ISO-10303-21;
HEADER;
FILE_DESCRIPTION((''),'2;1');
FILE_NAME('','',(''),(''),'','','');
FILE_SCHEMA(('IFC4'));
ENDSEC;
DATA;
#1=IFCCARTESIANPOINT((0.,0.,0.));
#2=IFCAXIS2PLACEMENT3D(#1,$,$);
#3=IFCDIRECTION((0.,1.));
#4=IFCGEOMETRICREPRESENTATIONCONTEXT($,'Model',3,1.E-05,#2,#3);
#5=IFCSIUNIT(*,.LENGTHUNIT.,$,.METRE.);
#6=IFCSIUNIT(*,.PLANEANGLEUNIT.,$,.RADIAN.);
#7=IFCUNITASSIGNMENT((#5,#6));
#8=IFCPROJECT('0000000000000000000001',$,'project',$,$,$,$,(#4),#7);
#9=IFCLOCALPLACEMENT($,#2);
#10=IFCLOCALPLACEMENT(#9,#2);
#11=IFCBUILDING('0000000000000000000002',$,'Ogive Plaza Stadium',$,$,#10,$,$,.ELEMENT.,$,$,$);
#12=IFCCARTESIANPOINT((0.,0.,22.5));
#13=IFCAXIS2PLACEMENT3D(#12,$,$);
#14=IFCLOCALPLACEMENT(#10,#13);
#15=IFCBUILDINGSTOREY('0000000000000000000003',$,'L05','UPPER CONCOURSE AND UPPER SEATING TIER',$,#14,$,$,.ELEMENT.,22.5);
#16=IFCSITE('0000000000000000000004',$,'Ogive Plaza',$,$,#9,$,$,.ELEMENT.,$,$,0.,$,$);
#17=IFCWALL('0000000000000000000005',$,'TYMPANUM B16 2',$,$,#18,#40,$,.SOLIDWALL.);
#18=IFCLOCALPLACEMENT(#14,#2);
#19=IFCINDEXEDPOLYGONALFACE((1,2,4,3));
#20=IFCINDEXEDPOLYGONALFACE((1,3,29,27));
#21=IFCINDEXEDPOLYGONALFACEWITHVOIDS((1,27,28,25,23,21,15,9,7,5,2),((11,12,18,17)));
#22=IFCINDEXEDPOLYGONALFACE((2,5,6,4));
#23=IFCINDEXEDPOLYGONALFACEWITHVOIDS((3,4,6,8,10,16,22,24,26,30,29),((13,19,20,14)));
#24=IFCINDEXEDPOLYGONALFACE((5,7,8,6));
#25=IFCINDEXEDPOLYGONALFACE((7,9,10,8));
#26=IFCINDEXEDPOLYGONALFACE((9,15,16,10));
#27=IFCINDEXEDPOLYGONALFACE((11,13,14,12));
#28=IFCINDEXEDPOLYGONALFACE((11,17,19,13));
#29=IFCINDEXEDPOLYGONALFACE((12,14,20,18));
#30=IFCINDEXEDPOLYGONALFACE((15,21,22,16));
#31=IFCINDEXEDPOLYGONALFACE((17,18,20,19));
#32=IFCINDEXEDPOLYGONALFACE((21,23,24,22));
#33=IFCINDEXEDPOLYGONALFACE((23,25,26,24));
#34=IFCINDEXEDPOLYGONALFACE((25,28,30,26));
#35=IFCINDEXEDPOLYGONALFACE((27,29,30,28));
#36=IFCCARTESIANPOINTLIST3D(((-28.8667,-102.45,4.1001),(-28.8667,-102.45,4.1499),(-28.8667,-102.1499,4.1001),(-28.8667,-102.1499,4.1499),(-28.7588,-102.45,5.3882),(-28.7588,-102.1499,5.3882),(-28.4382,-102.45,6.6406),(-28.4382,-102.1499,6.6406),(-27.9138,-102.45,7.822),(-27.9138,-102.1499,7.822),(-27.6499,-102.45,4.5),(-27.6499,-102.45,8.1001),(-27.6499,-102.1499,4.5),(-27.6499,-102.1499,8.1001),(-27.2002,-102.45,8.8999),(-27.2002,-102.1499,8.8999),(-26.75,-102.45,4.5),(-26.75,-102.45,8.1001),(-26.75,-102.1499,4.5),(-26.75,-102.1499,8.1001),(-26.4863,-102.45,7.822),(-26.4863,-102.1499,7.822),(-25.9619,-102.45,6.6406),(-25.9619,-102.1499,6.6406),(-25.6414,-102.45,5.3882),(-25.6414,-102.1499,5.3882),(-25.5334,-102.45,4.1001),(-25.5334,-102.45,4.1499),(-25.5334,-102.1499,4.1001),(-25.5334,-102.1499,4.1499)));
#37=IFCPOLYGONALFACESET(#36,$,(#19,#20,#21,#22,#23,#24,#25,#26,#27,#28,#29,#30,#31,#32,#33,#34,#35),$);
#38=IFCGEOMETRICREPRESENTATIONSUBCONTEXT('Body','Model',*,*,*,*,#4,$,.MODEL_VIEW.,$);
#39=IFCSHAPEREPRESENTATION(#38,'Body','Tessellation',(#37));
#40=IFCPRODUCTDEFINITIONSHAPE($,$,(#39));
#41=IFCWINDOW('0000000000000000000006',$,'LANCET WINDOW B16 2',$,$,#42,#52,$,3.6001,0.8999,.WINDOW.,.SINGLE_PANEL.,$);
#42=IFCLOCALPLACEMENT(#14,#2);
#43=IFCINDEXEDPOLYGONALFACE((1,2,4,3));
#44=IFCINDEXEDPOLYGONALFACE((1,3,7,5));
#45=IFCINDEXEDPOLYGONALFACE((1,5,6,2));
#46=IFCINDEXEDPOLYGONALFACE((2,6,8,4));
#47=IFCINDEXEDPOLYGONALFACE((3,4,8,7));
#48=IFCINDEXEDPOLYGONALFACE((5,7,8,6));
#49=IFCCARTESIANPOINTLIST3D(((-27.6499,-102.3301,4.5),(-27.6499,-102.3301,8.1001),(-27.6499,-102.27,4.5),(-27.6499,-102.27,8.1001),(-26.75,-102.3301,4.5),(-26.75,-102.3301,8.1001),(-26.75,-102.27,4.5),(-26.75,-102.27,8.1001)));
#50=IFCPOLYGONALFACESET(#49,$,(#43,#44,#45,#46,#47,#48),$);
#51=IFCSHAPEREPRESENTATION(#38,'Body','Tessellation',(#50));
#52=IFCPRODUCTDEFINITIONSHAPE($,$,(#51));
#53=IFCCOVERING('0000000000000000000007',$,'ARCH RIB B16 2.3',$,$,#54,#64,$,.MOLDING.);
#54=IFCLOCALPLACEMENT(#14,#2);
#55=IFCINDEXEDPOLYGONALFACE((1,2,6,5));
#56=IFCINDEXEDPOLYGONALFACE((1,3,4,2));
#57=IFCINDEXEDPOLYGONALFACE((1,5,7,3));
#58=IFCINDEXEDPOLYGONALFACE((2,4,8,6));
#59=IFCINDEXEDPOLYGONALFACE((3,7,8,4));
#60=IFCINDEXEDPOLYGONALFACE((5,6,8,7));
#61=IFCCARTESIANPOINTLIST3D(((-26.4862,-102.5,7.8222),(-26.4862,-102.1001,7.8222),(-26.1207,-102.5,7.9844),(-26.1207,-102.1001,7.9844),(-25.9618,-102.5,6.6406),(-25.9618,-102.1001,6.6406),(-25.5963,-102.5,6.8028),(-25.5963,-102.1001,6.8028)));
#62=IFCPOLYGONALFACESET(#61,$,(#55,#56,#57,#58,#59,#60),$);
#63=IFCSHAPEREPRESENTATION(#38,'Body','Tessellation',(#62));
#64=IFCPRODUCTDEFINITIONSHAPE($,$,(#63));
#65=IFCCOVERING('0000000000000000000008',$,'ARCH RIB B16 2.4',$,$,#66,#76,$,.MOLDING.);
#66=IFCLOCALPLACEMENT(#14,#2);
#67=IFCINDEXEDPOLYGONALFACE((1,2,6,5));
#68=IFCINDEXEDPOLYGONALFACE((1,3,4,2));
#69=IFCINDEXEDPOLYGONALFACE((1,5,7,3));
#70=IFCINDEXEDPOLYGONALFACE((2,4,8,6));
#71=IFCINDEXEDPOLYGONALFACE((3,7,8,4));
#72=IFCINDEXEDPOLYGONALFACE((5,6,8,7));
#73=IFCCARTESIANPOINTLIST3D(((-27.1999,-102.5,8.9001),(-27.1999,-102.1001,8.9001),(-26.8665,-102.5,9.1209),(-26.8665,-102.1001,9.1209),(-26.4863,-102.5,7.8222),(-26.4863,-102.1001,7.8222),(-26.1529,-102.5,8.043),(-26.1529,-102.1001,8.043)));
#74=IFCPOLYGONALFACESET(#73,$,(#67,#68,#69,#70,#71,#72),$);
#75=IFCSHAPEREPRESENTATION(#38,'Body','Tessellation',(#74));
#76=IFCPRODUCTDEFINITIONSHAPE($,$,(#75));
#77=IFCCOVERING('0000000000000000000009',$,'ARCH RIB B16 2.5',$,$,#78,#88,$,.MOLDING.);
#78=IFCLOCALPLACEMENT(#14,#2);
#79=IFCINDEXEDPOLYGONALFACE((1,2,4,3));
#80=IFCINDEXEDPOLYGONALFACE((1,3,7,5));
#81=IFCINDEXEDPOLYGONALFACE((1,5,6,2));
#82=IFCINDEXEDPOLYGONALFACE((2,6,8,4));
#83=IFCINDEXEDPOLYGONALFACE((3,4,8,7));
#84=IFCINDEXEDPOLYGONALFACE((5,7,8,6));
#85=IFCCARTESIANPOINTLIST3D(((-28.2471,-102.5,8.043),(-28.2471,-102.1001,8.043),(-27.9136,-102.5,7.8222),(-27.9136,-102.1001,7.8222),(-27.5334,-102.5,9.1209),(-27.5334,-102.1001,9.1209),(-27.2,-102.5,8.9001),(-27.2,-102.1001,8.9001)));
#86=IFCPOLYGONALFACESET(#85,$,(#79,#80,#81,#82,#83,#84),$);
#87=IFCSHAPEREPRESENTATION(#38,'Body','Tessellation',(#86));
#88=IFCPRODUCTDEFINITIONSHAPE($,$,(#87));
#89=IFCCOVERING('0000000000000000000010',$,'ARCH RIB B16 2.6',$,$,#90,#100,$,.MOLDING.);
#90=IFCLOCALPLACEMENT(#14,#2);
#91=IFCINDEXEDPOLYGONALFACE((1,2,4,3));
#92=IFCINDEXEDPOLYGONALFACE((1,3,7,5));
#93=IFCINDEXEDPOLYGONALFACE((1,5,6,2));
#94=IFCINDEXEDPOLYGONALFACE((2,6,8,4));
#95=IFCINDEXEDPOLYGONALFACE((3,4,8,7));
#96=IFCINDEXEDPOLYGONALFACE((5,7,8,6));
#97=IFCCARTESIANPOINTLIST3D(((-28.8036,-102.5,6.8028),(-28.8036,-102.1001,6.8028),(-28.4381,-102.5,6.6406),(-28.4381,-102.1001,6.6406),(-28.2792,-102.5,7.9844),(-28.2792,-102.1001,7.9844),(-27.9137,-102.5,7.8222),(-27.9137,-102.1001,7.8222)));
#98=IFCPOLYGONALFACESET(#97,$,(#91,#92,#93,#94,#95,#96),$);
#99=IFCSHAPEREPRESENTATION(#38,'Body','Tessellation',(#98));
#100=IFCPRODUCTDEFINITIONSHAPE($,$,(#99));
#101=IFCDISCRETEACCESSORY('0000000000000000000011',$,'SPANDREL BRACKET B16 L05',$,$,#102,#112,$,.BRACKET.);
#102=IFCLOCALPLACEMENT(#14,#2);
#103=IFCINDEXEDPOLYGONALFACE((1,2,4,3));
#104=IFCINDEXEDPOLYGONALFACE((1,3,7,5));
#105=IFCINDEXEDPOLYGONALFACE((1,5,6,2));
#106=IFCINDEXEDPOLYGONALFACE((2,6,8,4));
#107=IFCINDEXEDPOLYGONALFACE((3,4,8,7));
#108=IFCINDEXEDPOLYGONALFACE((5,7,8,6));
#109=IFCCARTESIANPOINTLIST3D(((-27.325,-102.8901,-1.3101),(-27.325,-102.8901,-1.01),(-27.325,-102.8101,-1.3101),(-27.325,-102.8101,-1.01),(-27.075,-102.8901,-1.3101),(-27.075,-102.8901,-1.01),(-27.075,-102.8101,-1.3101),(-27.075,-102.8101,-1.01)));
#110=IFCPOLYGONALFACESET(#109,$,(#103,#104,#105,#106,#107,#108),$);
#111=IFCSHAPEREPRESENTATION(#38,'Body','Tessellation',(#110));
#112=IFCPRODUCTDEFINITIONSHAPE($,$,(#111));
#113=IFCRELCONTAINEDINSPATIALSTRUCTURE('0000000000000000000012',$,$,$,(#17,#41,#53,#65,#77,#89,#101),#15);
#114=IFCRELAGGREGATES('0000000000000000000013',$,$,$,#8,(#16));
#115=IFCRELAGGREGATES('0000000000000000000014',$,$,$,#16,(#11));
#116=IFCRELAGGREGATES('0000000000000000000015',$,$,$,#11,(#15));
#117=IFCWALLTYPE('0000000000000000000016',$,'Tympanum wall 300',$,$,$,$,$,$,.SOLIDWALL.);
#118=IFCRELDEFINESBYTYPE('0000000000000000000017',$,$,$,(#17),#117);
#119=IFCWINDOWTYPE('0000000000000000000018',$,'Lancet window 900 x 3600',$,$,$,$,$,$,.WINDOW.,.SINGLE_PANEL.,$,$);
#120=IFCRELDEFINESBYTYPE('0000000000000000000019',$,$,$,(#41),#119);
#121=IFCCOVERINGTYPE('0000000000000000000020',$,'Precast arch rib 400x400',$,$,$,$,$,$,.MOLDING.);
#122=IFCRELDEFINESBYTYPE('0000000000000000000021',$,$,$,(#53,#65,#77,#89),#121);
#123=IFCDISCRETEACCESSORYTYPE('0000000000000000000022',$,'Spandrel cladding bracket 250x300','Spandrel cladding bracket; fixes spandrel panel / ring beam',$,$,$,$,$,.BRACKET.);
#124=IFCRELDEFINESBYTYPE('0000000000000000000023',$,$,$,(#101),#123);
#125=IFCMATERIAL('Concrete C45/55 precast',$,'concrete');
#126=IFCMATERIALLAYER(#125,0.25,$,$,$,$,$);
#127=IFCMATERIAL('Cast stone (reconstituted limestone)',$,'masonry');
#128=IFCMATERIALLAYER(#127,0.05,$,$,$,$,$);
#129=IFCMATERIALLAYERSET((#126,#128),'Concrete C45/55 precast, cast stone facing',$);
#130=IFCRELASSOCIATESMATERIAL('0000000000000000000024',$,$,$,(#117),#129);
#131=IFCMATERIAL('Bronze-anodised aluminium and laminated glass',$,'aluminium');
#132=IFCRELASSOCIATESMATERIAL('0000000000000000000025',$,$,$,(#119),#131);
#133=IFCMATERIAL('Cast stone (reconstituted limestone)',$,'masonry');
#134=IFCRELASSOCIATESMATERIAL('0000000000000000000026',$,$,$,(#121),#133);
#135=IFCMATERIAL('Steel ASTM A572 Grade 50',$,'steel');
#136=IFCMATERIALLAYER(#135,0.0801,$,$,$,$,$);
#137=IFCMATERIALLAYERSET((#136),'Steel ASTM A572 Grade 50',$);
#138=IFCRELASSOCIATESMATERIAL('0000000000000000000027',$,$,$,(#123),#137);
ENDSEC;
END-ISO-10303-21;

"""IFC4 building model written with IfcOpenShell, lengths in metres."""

from ifc_helpers import new_model, si_unit, direction, frame, frame_2d, origin, origin_2d, place, context, subcontext, project, spatial, polyline, rectangle, outline, extrude, material, layer, layer_set, material_profile, profile_set, type_object, element, fill, save


model = new_model("IFC4")

# Units and contexts
model_context = context("Model", 3, precision=1e-05, world=origin(), true_north=direction((0.0, 1.0)))
body_context = subcontext(model_context, "Body", "Model", "MODEL_VIEW")
ifc_project = project(units=[si_unit("LENGTHUNIT", "METRE"), si_unit("PLANEANGLEUNIT", "RADIAN")], contexts=[model_context])

# Site, building, storey
site_placement = place(None, origin())
site = spatial("IfcSite", under=ifc_project, at=site_placement, Name="Ogive Plaza", CompositionType="ELEMENT", RefElevation=0.0)
building_placement = place(site_placement, origin())
building = spatial("IfcBuilding", under=site, at=building_placement, Name="Ogive Plaza Stadium", CompositionType="ELEMENT")
storey_placement = place(building_placement, frame((0.0, 0.0, 22.5)))
storey = spatial("IfcBuildingStorey", under=building, at=storey_placement, Name="L05", Description="UPPER CONCOURSE AND UPPER SEATING TIER", CompositionType="ELEMENT", Elevation=22.5)

# Wall, opening, window
ifc_material_1 = material(Name="Concrete C45/55 precast", Category="concrete")
ifc_layer_1 = layer(ifc_material_1, 0.25)
ifc_material_2 = material(Name="Cast stone (reconstituted limestone)", Category="masonry")
ifc_layer_2 = layer(ifc_material_2, 0.05)
ifc_layer_set_1 = layer_set([ifc_layer_1, ifc_layer_2], Name="Concrete C45/55 precast, cast stone facing")
wall_type = type_object("IfcWallType", Name="Tympanum wall 300", PredefinedType="SOLIDWALL", material=ifc_layer_set_1)
wall_placement = place(storey_placement, frame((-25.5334, -102.3, 4.1001), z_axis=(0.0, 0.0, 1.0), x_axis=(-1.0, 0.0, 0.0)))
wall = element("IfcWall", 1, at=wall_placement, inside=storey, type_object=wall_type, Name="TYMPANUM B16 2", PredefinedType="SOLIDWALL", context=body_context, shape_type="SweptSolid", body=[
    extrude(outline(polyline([(0.0, 0.0), (3.3333, 0.0), (3.3333, 0.0498), (3.2253, 1.2881), (2.9048, 2.5405), (2.3804, 3.7219), (1.6667, 4.7998), (0.9529, 3.7219), (0.4285, 2.5405), (0.1079, 1.2881), (0.0, 0.0498), (0.0, 0.0)])), frame((0.0, 0.1499, 0.0), z_axis=(0.0, -1.0, 0.0), x_axis=(1.0, 0.0, 0.0)), (0.0, 0.0, 1.0), 0.3),
])
opening_placement = place(wall_placement, frame((1.2166, 0.0, 0.3999)))
opening = element("IfcOpeningElement", 2, at=opening_placement, cuts=wall, PredefinedType="OPENING", context=body_context, shape_type="SweptSolid", body=[
    extrude(rectangle(XDim=0.8999, YDim=3.6001, at=frame_2d((0.45, 1.8))), frame((0.0, 0.1602, 0.0), z_axis=(0.0, -1.0, 0.0), x_axis=(1.0, 0.0, 0.0)), (0.0, 0.0, 1.0), 0.3201),
])
ifc_material_3 = material(Name="Bronze-anodised aluminium and laminated glass", Category="aluminium")
window_type = type_object("IfcWindowType", Name="Lancet window 900 x 3600", PartitioningType="SINGLE_PANEL", PredefinedType="WINDOW", material=ifc_material_3)
window_placement = place(opening_placement, origin())
window = element("IfcWindow", 3, at=window_placement, inside=storey, type_object=window_type, Name="LANCET WINDOW B16 2", OverallHeight=3.6001, OverallWidth=0.8999, PartitioningType="SINGLE_PANEL", PredefinedType="WINDOW", context=body_context, shape_type="SweptSolid", body=[
    extrude(rectangle(XDim=0.8999, YDim=3.6001, at=frame_2d((0.45, 1.8))), frame((0.0, 0.03, 0.0), z_axis=(0.0, -1.0, 0.0), x_axis=(1.0, 0.0, 0.0)), (0.0, 0.0, 1.0), 0.0601),
])
fill(opening, window)

# Coverings
ifc_material_4 = material(Name="Cast stone (reconstituted limestone)", Category="masonry")
ifc_material_profile_1 = material_profile(ifc_material_4, rectangle(XDim=0.3999, YDim=0.3999, at=origin_2d()), Name="Cast stone 400x400")
ifc_profile_set_1 = profile_set([ifc_material_profile_1], Name="Cast stone (reconstituted limestone)")
covering_type = type_object("IfcCoveringType", Name="Precast arch rib 400x400", PredefinedType="MOLDING", material=ifc_profile_set_1)
for number, where, z_axis, x_axis, name in (
    (4, (-25.7791, -102.3, 6.7217), (-0.405648, 0.0, 0.914029), (0.0, -1.0, 0.0), "ARCH RIB B16 2.3"),
    (5, (-26.3196, -102.3, 7.9326), (-0.552039, 0.0, 0.833818), (0.0, -1.0, 0.0), "ARCH RIB B16 2.4"),
    (6, (-27.3667, -102.3, 9.0105), (-0.552039, 0.0, -0.833818), (0.0, -1.0, 0.0), "ARCH RIB B16 2.5"),
    (7, (-28.0964, -102.3, 7.9033), (-0.405648, 0.0, -0.914029), (0.0, -1.0, 0.0), "ARCH RIB B16 2.6"),
):
    element("IfcCovering", number, at=place(storey_placement, frame(where, z_axis=z_axis, x_axis=x_axis)), inside=storey, type_object=covering_type, Name=name, PredefinedType="MOLDING", context=body_context, shape_type="SweptSolid", body=[
        extrude(rectangle(XDim=0.3999, YDim=0.3999, at=origin_2d()), origin(), (0.0, 0.0, 1.0), 1.2927),
    ])

# Discrete accessory
ifc_material_5 = material(Name="Steel ASTM A572 Grade 50", Category="steel")
ifc_layer_3 = layer(ifc_material_5, 0.0801)
ifc_layer_set_2 = layer_set([ifc_layer_3], Name="Steel ASTM A572 Grade 50")
discrete_accessory_type = type_object("IfcDiscreteAccessoryType", Name="Spandrel cladding bracket 250x300", Description="Spandrel cladding bracket; fixes spandrel panel / ring beam", PredefinedType="BRACKET", material=ifc_layer_set_2)
discrete_accessory_placement = place(storey_placement, frame((-27.2, -102.8501, -1.3101), z_axis=(0.0, 0.0, 1.0), x_axis=(-1.0, 0.0, 0.0)))
element("IfcDiscreteAccessory", 8, at=discrete_accessory_placement, inside=storey, type_object=discrete_accessory_type, Name="SPANDREL BRACKET B16 L05", PredefinedType="BRACKET", context=body_context, shape_type="SweptSolid", body=[
    extrude(rectangle(XDim=0.25, YDim=0.0801, at=origin_2d()), origin(), (0.0, 0.0, 1.0), 0.3),
])

save(model, "model.ifc")
